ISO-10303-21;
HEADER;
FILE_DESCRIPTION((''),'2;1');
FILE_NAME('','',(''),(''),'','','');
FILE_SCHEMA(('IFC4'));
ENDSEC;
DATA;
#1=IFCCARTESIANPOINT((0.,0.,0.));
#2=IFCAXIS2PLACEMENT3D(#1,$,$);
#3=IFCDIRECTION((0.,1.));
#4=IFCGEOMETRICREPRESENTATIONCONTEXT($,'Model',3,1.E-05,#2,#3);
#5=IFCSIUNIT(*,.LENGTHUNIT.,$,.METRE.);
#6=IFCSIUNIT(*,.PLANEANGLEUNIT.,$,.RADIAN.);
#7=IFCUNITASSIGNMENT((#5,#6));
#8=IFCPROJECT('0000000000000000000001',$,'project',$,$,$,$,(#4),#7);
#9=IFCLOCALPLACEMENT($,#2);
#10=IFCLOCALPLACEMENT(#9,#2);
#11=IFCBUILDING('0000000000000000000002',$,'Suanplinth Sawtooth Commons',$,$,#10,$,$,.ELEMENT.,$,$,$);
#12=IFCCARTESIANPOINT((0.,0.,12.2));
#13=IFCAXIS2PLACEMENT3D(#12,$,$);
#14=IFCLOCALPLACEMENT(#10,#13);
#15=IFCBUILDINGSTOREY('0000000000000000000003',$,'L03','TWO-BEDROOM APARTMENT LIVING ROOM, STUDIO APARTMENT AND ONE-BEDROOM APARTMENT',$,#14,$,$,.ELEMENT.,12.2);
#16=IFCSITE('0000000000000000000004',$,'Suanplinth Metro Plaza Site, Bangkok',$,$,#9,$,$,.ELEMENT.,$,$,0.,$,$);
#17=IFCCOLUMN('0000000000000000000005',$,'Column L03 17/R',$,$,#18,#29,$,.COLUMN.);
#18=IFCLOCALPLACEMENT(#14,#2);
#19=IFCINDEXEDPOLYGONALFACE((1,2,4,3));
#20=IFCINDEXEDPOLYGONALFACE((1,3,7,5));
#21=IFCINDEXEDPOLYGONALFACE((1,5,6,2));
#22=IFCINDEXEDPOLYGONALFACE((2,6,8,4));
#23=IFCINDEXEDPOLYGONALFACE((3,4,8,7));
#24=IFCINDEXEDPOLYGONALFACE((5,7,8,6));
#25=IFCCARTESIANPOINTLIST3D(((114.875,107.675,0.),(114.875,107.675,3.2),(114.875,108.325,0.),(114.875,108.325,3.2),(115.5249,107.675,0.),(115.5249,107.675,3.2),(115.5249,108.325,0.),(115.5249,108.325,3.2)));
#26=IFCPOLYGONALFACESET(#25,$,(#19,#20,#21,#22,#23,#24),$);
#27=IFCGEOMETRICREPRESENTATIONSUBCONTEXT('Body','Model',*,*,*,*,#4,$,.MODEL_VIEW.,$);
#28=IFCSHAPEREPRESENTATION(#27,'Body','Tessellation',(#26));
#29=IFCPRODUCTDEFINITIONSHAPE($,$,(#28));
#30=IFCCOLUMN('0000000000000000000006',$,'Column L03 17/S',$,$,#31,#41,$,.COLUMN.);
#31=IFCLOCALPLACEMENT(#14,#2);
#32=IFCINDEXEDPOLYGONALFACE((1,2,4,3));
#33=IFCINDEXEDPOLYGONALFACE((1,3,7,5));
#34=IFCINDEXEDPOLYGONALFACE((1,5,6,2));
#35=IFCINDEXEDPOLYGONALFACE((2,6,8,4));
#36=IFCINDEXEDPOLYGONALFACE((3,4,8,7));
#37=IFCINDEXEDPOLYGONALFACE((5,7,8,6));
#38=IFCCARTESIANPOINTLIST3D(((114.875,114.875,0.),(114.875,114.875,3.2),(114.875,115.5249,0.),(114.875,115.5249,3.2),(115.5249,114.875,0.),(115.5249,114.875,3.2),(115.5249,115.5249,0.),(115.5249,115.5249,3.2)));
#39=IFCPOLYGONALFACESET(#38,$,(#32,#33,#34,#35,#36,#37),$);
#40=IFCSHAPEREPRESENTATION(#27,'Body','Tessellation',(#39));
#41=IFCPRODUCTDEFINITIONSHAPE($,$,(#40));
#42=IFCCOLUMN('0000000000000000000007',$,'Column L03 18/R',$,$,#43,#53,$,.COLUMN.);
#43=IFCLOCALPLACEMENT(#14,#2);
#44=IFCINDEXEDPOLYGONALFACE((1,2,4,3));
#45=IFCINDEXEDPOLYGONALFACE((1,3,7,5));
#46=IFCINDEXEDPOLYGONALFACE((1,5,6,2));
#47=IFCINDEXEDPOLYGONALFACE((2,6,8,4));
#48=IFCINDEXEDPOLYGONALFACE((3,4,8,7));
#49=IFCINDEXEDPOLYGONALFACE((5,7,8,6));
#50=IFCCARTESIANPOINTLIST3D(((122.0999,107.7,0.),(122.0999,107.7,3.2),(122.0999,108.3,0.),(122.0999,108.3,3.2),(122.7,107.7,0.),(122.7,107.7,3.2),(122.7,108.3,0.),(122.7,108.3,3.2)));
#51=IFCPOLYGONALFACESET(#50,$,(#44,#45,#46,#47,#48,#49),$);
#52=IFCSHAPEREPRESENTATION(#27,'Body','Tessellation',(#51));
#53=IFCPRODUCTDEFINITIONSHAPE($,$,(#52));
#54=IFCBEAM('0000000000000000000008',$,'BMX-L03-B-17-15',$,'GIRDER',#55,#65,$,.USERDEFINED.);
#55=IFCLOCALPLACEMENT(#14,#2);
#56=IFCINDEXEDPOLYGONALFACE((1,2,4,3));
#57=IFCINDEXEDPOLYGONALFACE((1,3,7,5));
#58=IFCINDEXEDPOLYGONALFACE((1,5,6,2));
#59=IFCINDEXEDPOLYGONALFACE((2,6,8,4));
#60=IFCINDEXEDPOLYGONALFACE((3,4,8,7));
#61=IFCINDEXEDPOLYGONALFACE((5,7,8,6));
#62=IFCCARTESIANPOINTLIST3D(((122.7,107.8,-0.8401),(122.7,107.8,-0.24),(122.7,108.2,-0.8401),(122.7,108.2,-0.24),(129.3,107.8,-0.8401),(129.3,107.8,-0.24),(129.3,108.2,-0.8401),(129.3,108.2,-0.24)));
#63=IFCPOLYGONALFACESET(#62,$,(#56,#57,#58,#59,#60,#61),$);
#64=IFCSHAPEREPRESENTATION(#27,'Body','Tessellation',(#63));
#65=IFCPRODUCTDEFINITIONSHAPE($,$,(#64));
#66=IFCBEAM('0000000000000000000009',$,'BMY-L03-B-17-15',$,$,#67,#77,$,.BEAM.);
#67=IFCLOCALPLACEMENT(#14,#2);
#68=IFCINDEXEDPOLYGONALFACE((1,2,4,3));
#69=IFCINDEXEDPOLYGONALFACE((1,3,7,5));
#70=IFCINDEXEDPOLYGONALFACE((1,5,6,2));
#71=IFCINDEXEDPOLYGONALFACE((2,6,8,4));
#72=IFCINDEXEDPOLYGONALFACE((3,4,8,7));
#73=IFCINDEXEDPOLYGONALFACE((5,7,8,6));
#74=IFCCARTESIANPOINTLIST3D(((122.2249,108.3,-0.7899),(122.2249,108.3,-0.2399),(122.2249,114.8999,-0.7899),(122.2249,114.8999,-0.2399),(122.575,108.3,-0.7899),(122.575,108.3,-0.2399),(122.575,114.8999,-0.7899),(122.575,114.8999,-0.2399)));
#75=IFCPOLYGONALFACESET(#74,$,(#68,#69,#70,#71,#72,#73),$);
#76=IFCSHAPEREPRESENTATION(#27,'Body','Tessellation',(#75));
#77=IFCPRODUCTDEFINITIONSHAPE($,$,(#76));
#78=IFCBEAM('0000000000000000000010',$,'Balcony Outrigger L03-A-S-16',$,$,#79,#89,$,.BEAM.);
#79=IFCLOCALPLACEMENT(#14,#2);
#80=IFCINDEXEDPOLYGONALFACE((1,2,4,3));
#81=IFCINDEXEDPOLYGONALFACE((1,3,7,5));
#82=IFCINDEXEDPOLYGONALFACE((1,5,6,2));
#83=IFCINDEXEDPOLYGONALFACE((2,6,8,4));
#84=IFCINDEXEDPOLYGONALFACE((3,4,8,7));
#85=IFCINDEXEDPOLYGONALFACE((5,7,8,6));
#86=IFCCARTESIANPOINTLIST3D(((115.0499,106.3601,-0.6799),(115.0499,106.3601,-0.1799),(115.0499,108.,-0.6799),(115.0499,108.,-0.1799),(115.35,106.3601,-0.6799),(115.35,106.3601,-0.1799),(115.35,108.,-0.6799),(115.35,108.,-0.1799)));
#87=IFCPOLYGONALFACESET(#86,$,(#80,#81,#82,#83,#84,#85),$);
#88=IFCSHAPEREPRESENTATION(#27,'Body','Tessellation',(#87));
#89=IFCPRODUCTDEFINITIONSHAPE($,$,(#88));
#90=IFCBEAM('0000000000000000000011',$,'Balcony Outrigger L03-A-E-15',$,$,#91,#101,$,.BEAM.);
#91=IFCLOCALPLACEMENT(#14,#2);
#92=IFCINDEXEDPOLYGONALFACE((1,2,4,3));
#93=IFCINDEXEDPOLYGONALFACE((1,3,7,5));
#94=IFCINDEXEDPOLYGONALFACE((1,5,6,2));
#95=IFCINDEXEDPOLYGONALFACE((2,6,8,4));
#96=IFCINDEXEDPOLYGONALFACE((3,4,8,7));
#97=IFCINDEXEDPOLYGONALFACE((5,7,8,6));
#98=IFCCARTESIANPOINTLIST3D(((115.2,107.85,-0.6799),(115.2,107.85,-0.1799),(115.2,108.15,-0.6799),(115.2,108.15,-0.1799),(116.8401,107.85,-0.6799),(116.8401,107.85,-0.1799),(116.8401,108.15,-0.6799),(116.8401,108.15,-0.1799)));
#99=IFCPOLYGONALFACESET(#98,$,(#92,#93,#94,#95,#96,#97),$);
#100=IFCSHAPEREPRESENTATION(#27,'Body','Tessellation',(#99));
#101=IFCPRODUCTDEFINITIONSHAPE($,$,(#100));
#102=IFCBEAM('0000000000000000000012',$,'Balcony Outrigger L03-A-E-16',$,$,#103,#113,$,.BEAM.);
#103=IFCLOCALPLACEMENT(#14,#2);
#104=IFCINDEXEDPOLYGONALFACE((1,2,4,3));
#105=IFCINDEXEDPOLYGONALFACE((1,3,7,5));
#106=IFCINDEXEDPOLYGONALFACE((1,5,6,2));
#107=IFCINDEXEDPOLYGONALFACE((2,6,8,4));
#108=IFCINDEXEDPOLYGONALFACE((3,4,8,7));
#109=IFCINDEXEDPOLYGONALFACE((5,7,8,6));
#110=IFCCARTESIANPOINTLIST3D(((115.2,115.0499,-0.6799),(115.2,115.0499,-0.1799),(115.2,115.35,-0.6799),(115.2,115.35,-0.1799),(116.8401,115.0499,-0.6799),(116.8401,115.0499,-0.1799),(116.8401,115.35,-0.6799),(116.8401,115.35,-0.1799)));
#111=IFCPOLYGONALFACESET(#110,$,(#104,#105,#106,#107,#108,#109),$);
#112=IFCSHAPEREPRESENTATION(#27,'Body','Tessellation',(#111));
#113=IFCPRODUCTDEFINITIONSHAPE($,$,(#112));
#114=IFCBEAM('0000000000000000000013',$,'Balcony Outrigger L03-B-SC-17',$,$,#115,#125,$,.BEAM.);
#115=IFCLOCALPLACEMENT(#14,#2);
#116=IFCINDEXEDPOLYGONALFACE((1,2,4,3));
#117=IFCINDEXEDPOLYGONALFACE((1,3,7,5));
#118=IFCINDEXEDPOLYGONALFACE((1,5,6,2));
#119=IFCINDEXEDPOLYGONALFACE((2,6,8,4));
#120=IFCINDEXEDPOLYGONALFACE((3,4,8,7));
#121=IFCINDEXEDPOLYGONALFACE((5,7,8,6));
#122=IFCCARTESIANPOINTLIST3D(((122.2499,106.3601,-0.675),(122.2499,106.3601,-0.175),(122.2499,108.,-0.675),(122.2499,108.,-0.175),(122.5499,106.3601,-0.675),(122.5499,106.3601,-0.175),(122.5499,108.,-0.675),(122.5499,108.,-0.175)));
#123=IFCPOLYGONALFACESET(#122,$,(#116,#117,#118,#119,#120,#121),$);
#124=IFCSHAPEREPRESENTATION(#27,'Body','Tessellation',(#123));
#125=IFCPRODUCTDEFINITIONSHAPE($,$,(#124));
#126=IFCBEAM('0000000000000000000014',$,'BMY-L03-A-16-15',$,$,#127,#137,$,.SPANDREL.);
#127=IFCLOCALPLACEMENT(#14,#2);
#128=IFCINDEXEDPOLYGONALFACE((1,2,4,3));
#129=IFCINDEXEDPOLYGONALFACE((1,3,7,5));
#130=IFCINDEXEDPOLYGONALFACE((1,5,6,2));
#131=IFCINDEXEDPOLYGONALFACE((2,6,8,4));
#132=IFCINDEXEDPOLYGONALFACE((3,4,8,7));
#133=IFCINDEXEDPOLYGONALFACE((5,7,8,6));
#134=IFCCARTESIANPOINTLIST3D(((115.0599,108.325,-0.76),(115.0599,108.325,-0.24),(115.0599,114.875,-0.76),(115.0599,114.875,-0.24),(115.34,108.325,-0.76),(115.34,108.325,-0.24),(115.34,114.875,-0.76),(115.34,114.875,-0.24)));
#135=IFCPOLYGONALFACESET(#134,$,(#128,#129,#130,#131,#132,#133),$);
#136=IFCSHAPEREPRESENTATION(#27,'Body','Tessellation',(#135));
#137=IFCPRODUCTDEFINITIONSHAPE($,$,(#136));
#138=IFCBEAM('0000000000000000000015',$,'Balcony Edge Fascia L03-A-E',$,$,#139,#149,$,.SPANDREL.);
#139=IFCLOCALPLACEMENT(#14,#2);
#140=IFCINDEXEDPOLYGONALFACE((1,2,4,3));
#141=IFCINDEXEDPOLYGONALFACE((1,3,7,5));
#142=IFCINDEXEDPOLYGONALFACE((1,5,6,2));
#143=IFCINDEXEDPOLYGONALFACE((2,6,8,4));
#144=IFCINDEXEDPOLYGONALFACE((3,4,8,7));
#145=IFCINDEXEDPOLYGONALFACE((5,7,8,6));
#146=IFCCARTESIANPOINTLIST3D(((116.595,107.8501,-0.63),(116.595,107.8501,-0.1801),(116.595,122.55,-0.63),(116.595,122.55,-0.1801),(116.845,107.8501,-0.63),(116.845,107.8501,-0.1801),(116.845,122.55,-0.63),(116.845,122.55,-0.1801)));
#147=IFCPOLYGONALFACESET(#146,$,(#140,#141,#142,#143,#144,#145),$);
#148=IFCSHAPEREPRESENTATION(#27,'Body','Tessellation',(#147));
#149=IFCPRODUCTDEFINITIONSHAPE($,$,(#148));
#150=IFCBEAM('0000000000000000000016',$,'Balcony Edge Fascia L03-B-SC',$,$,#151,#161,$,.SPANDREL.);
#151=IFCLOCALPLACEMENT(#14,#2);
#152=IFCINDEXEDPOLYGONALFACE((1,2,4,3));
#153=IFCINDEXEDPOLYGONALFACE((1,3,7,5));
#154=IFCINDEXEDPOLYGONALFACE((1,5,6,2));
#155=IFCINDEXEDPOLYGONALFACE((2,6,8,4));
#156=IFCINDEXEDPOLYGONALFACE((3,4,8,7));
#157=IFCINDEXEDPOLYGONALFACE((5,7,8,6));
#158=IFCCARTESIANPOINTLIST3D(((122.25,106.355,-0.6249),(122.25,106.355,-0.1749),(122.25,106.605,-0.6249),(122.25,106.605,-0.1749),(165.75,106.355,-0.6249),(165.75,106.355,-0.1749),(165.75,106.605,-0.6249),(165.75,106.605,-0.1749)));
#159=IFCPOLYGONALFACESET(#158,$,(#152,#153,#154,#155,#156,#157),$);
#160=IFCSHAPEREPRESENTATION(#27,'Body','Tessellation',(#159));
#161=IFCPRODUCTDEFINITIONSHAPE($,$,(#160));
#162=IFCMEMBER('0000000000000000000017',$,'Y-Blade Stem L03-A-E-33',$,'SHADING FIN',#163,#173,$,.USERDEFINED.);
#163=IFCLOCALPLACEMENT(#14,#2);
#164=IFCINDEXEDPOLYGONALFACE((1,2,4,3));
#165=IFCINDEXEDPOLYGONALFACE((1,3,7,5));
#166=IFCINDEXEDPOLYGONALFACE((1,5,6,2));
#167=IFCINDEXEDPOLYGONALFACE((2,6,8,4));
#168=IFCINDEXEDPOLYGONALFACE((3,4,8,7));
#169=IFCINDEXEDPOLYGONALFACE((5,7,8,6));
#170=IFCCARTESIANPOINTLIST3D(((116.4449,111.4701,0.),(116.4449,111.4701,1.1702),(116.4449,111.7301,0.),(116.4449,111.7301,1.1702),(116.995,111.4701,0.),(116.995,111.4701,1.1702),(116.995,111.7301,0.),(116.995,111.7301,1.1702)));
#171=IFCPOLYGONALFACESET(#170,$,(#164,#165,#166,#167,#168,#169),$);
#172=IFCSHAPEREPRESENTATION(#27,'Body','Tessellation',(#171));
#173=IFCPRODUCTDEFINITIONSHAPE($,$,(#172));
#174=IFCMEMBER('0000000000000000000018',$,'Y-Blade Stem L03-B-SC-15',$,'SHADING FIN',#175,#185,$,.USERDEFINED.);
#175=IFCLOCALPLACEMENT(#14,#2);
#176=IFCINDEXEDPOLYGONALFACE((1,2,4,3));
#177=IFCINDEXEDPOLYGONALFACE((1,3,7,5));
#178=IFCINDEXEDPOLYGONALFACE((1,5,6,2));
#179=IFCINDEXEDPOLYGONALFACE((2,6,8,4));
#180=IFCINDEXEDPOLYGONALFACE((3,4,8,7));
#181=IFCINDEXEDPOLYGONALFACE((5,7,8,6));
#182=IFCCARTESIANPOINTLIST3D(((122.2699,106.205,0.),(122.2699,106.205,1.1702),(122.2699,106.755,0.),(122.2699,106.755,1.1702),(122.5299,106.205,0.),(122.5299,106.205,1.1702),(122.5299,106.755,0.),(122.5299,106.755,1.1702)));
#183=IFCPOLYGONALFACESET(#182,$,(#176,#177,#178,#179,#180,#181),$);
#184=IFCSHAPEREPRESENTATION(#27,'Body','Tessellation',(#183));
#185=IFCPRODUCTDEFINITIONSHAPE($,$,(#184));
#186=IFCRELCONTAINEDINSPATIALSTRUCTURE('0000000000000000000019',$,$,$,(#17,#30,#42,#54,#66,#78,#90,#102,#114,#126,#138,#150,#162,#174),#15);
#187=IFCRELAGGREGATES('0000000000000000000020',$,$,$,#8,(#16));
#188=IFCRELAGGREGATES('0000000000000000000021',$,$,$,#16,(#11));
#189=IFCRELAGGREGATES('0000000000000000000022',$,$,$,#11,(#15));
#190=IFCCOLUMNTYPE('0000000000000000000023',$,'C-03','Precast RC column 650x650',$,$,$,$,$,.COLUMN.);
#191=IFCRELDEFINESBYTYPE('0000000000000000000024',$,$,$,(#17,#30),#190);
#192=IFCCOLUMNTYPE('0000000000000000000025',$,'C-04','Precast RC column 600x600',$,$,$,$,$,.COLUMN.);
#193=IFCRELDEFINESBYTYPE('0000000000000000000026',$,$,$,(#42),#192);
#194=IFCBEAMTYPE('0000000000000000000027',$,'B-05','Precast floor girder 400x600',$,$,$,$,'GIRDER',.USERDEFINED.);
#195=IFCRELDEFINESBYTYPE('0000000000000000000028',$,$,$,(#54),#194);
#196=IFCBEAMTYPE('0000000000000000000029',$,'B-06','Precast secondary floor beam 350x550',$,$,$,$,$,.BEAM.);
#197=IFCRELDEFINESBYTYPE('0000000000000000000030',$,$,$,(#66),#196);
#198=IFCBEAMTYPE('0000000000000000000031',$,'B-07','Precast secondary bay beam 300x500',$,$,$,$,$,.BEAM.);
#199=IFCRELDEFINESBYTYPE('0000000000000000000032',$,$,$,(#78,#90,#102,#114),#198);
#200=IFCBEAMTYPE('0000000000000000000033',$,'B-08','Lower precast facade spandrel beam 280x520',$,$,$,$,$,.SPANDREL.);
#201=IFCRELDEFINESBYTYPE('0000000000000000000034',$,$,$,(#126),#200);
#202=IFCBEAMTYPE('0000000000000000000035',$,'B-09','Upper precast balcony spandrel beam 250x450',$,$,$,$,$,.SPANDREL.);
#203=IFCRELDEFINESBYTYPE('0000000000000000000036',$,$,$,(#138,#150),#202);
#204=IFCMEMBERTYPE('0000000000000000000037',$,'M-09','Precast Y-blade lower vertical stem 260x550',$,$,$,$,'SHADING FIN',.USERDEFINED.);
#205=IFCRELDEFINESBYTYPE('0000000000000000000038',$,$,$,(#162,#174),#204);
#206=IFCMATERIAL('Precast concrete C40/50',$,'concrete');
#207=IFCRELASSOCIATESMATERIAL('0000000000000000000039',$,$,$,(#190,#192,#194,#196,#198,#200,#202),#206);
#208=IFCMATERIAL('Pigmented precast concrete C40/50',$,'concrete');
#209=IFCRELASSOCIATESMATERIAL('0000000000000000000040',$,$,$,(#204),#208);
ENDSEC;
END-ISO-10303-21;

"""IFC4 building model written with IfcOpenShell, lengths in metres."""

from ifc_helpers import new_model, si_unit, direction, frame, origin, origin_2d, place, context, subcontext, project, spatial, rectangle, extrude, material, material_profile, profile_set, type_object, element, save


model = new_model("IFC4")

# Units and contexts
model_context = context("Model", 3, precision=1e-05, world=origin(), true_north=direction((0.0, 1.0)))
body_context = subcontext(model_context, "Body", "Model", "MODEL_VIEW")
ifc_project = project(units=[si_unit("LENGTHUNIT", "METRE"), si_unit("PLANEANGLEUNIT", "RADIAN")], contexts=[model_context])

# Site, building, storey
site_placement = place(None, origin())
site = spatial("IfcSite", under=ifc_project, at=site_placement, Name="Suanplinth Metro Plaza Site, Bangkok", CompositionType="ELEMENT", RefElevation=0.0)
building_placement = place(site_placement, origin())
building = spatial("IfcBuilding", under=site, at=building_placement, Name="Suanplinth Sawtooth Commons", CompositionType="ELEMENT")
storey_placement = place(building_placement, frame((0.0, 0.0, 12.2)))
storey = spatial("IfcBuildingStorey", under=building, at=storey_placement, Name="L03", Description="TWO-BEDROOM APARTMENT LIVING ROOM, STUDIO APARTMENT AND ONE-BEDROOM APARTMENT", CompositionType="ELEMENT", Elevation=12.2)

# Columns
ifc_material_1 = material(Name="Precast concrete C40/50", Category="concrete")
ifc_material_profile_1 = material_profile(ifc_material_1, rectangle(XDim=0.6499, YDim=0.6499, at=origin_2d()), Name="PC-COL 650x650")
ifc_profile_set_1 = profile_set([ifc_material_profile_1], Name="Precast concrete C40/50")
column_type_1 = type_object("IfcColumnType", Name="C-03", Description="Precast RC column 650x650", PredefinedType="COLUMN", material=ifc_profile_set_1)
for number, where, z_axis, x_axis, name in (
    (1, (115.2, 108.0, 0.0), (0.0, 0.0, 1.0), (1.0, 0.0, 0.0), "Column L03 17/R"),
    (2, (115.2, 115.2, 0.0), (0.0, 0.0, 1.0), (1.0, 0.0, 0.0), "Column L03 17/S"),
):
    element("IfcColumn", number, at=place(storey_placement, frame(where, z_axis=z_axis, x_axis=x_axis)), inside=storey, type_object=column_type_1, Name=name, PredefinedType="COLUMN", context=body_context, shape_type="SweptSolid", body=[
        extrude(rectangle(XDim=0.6499, YDim=0.6499, at=origin_2d()), origin(), (0.0, 0.0, 1.0), 3.2),
    ])
ifc_material_profile_2 = material_profile(ifc_material_1, rectangle(XDim=0.6001, YDim=0.6001, at=origin_2d()), Name="PC-COL 600x600")
ifc_profile_set_2 = profile_set([ifc_material_profile_2], Name="Precast concrete C40/50")
column_type_2 = type_object("IfcColumnType", Name="C-04", Description="Precast RC column 600x600", PredefinedType="COLUMN", material=ifc_profile_set_2)
column_placement = place(storey_placement, frame((122.3999, 108.0, 0.0), z_axis=(0.0, 0.0, 1.0), x_axis=(1.0, 0.0, 0.0)))
element("IfcColumn", 3, at=column_placement, inside=storey, type_object=column_type_2, Name="Column L03 18/R", PredefinedType="COLUMN", context=body_context, shape_type="SweptSolid", body=[
    extrude(rectangle(XDim=0.6001, YDim=0.6001, at=origin_2d()), origin(), (0.0, 0.0, 1.0), 3.2),
])

# Beams
ifc_material_profile_3 = material_profile(ifc_material_1, rectangle(XDim=0.3999, YDim=0.6001, at=origin_2d()), Name="PC-GDR 400x600")
ifc_profile_set_3 = profile_set([ifc_material_profile_3], Name="Precast concrete C40/50")
beam_type_1 = type_object("IfcBeamType", Name="B-05", Description="Precast floor girder 400x600", ElementType="GIRDER", PredefinedType="USERDEFINED", material=ifc_profile_set_3)
beam_1_placement = place(storey_placement, frame((122.7, 108.0, -0.54), z_axis=(1.0, 0.0, 0.0), x_axis=(0.0, 1.0, 0.0)))
element("IfcBeam", 4, at=beam_1_placement, inside=storey, type_object=beam_type_1, Name="BMX-L03-B-17-15", ObjectType="GIRDER", PredefinedType="USERDEFINED", context=body_context, shape_type="SweptSolid", body=[
    extrude(rectangle(XDim=0.3999, YDim=0.6001, at=origin_2d()), origin(), (0.0, 0.0, 1.0), 6.6001),
])
ifc_material_profile_4 = material_profile(ifc_material_1, rectangle(XDim=0.3501, YDim=0.55, at=origin_2d()), Name="PC-BM 350x550")
ifc_profile_set_4 = profile_set([ifc_material_profile_4], Name="Precast concrete C40/50")
beam_type_2 = type_object("IfcBeamType", Name="B-06", Description="Precast secondary floor beam 350x550", PredefinedType="BEAM", material=ifc_profile_set_4)
beam_2_placement = place(storey_placement, frame((122.3999, 108.3, -0.5149), z_axis=(0.0, 1.0, 0.0), x_axis=(-1.0, 0.0, 0.0)))
element("IfcBeam", 5, at=beam_2_placement, inside=storey, type_object=beam_type_2, Name="BMY-L03-B-17-15", PredefinedType="BEAM", context=body_context, shape_type="SweptSolid", body=[
    extrude(rectangle(XDim=0.3501, YDim=0.55, at=origin_2d()), origin(), (0.0, 0.0, 1.0), 6.5999),
])
ifc_material_profile_5 = material_profile(ifc_material_1, rectangle(XDim=0.3, YDim=0.5, at=origin_2d()), Name="PC-BM 300x500")
ifc_profile_set_5 = profile_set([ifc_material_profile_5], Name="Precast concrete C40/50")
beam_type_3 = type_object("IfcBeamType", Name="B-07", Description="Precast secondary bay beam 300x500", PredefinedType="BEAM", material=ifc_profile_set_5)
beam_3_placement = place(storey_placement, frame((115.2, 108.0, -0.4299), z_axis=(0.0, -1.0, 0.0), x_axis=(1.0, 0.0, 0.0)))
element("IfcBeam", 6, at=beam_3_placement, inside=storey, type_object=beam_type_3, Name="Balcony Outrigger L03-A-S-16", PredefinedType="BEAM", context=body_context, shape_type="SweptSolid", body=[
    extrude(rectangle(XDim=0.3, YDim=0.5, at=origin_2d()), origin(), (0.0, 0.0, 1.0), 1.6399),
])
for number, where, z_axis, x_axis, name in (
    (7, (115.2, 108.0, -0.4299), (1.0, 0.0, 0.0), (0.0, 1.0, 0.0), "Balcony Outrigger L03-A-E-15"),
    (8, (115.2, 115.2, -0.4299), (1.0, 0.0, 0.0), (0.0, 1.0, 0.0), "Balcony Outrigger L03-A-E-16"),
):
    element("IfcBeam", number, at=place(storey_placement, frame(where, z_axis=z_axis, x_axis=x_axis)), inside=storey, type_object=beam_type_3, Name=name, PredefinedType="BEAM", context=body_context, shape_type="SweptSolid", body=[
        extrude(rectangle(XDim=0.3, YDim=0.5, at=origin_2d()), origin(), (0.0, 0.0, 1.0), 1.6401),
    ])
beam_4_placement = place(storey_placement, frame((122.3999, 108.0, -0.425), z_axis=(0.0, -1.0, 0.0), x_axis=(1.0, 0.0, 0.0)))
element("IfcBeam", 9, at=beam_4_placement, inside=storey, type_object=beam_type_3, Name="Balcony Outrigger L03-B-SC-17", PredefinedType="BEAM", context=body_context, shape_type="SweptSolid", body=[
    extrude(rectangle(XDim=0.3, YDim=0.5, at=origin_2d()), origin(), (0.0, 0.0, 1.0), 1.6399),
])
ifc_material_profile_6 = material_profile(ifc_material_1, rectangle(XDim=0.28, YDim=0.52, at=origin_2d()), Name="PC-SP 280x520")
ifc_profile_set_6 = profile_set([ifc_material_profile_6], Name="Precast concrete C40/50")
beam_type_4 = type_object("IfcBeamType", Name="B-08", Description="Lower precast facade spandrel beam 280x520", PredefinedType="SPANDREL", material=ifc_profile_set_6)
beam_5_placement = place(storey_placement, frame((115.2, 108.325, -0.5), z_axis=(0.0, 1.0, 0.0), x_axis=(-1.0, 0.0, 0.0)))
element("IfcBeam", 10, at=beam_5_placement, inside=storey, type_object=beam_type_4, Name="BMY-L03-A-16-15", PredefinedType="SPANDREL", context=body_context, shape_type="SweptSolid", body=[
    extrude(rectangle(XDim=0.28, YDim=0.52, at=origin_2d()), origin(), (0.0, 0.0, 1.0), 6.55),
])
ifc_material_profile_7 = material_profile(ifc_material_1, rectangle(XDim=0.25, YDim=0.45, at=origin_2d()), Name="PC-SP 250x450")
ifc_profile_set_7 = profile_set([ifc_material_profile_7], Name="Precast concrete C40/50")
beam_type_5 = type_object("IfcBeamType", Name="B-09", Description="Upper precast balcony spandrel beam 250x450", PredefinedType="SPANDREL", material=ifc_profile_set_7)
beam_6_placement = place(storey_placement, frame((116.72, 107.8501, -0.405), z_axis=(0.0, 1.0, 0.0), x_axis=(-1.0, 0.0, 0.0)))
element("IfcBeam", 11, at=beam_6_placement, inside=storey, type_object=beam_type_5, Name="Balcony Edge Fascia L03-A-E", PredefinedType="SPANDREL", context=body_context, shape_type="SweptSolid", body=[
    extrude(rectangle(XDim=0.25, YDim=0.45, at=origin_2d()), origin(), (0.0, 0.0, 1.0), 14.7),
])
beam_7_placement = place(storey_placement, frame((122.25, 106.48, -0.3999), z_axis=(1.0, 0.0, 0.0), x_axis=(0.0, 1.0, 0.0)))
element("IfcBeam", 12, at=beam_7_placement, inside=storey, type_object=beam_type_5, Name="Balcony Edge Fascia L03-B-SC", PredefinedType="SPANDREL", context=body_context, shape_type="SweptSolid", body=[
    extrude(rectangle(XDim=0.25, YDim=0.45, at=origin_2d()), origin(), (0.0, 0.0, 1.0), 43.5),
])

# Members
ifc_material_2 = material(Name="Pigmented precast concrete C40/50", Category="concrete")
ifc_material_profile_8 = material_profile(ifc_material_2, rectangle(XDim=0.26, YDim=0.55, at=origin_2d()), Name="PC-FIN 260x550")
ifc_profile_set_8 = profile_set([ifc_material_profile_8], Name="Pigmented precast concrete C40/50")
member_type_1 = type_object("IfcMemberType", Name="M-09", Description="Precast Y-blade lower vertical stem 260x550", ElementType="SHADING FIN", PredefinedType="USERDEFINED", material=ifc_profile_set_8)
for number, where, z_axis, x_axis, name in (
    (13, (116.72, 111.6001, 0.0), (0.0, 0.0, 1.0), (0.0, 1.0, 0.0), "Y-Blade Stem L03-A-E-33"),
    (14, (122.3999, 106.48, 0.0), (0.0, 0.0, 1.0), (1.0, 0.0, 0.0), "Y-Blade Stem L03-B-SC-15"),
):
    element("IfcMember", number, at=place(storey_placement, frame(where, z_axis=z_axis, x_axis=x_axis)), inside=storey, type_object=member_type_1, Name=name, ObjectType="SHADING FIN", PredefinedType="USERDEFINED", context=body_context, shape_type="SweptSolid", body=[
        extrude(rectangle(XDim=0.26, YDim=0.55, at=origin_2d()), origin(), (0.0, 0.0, 1.0), 1.1702),
    ])

save(model, "model.ifc")
